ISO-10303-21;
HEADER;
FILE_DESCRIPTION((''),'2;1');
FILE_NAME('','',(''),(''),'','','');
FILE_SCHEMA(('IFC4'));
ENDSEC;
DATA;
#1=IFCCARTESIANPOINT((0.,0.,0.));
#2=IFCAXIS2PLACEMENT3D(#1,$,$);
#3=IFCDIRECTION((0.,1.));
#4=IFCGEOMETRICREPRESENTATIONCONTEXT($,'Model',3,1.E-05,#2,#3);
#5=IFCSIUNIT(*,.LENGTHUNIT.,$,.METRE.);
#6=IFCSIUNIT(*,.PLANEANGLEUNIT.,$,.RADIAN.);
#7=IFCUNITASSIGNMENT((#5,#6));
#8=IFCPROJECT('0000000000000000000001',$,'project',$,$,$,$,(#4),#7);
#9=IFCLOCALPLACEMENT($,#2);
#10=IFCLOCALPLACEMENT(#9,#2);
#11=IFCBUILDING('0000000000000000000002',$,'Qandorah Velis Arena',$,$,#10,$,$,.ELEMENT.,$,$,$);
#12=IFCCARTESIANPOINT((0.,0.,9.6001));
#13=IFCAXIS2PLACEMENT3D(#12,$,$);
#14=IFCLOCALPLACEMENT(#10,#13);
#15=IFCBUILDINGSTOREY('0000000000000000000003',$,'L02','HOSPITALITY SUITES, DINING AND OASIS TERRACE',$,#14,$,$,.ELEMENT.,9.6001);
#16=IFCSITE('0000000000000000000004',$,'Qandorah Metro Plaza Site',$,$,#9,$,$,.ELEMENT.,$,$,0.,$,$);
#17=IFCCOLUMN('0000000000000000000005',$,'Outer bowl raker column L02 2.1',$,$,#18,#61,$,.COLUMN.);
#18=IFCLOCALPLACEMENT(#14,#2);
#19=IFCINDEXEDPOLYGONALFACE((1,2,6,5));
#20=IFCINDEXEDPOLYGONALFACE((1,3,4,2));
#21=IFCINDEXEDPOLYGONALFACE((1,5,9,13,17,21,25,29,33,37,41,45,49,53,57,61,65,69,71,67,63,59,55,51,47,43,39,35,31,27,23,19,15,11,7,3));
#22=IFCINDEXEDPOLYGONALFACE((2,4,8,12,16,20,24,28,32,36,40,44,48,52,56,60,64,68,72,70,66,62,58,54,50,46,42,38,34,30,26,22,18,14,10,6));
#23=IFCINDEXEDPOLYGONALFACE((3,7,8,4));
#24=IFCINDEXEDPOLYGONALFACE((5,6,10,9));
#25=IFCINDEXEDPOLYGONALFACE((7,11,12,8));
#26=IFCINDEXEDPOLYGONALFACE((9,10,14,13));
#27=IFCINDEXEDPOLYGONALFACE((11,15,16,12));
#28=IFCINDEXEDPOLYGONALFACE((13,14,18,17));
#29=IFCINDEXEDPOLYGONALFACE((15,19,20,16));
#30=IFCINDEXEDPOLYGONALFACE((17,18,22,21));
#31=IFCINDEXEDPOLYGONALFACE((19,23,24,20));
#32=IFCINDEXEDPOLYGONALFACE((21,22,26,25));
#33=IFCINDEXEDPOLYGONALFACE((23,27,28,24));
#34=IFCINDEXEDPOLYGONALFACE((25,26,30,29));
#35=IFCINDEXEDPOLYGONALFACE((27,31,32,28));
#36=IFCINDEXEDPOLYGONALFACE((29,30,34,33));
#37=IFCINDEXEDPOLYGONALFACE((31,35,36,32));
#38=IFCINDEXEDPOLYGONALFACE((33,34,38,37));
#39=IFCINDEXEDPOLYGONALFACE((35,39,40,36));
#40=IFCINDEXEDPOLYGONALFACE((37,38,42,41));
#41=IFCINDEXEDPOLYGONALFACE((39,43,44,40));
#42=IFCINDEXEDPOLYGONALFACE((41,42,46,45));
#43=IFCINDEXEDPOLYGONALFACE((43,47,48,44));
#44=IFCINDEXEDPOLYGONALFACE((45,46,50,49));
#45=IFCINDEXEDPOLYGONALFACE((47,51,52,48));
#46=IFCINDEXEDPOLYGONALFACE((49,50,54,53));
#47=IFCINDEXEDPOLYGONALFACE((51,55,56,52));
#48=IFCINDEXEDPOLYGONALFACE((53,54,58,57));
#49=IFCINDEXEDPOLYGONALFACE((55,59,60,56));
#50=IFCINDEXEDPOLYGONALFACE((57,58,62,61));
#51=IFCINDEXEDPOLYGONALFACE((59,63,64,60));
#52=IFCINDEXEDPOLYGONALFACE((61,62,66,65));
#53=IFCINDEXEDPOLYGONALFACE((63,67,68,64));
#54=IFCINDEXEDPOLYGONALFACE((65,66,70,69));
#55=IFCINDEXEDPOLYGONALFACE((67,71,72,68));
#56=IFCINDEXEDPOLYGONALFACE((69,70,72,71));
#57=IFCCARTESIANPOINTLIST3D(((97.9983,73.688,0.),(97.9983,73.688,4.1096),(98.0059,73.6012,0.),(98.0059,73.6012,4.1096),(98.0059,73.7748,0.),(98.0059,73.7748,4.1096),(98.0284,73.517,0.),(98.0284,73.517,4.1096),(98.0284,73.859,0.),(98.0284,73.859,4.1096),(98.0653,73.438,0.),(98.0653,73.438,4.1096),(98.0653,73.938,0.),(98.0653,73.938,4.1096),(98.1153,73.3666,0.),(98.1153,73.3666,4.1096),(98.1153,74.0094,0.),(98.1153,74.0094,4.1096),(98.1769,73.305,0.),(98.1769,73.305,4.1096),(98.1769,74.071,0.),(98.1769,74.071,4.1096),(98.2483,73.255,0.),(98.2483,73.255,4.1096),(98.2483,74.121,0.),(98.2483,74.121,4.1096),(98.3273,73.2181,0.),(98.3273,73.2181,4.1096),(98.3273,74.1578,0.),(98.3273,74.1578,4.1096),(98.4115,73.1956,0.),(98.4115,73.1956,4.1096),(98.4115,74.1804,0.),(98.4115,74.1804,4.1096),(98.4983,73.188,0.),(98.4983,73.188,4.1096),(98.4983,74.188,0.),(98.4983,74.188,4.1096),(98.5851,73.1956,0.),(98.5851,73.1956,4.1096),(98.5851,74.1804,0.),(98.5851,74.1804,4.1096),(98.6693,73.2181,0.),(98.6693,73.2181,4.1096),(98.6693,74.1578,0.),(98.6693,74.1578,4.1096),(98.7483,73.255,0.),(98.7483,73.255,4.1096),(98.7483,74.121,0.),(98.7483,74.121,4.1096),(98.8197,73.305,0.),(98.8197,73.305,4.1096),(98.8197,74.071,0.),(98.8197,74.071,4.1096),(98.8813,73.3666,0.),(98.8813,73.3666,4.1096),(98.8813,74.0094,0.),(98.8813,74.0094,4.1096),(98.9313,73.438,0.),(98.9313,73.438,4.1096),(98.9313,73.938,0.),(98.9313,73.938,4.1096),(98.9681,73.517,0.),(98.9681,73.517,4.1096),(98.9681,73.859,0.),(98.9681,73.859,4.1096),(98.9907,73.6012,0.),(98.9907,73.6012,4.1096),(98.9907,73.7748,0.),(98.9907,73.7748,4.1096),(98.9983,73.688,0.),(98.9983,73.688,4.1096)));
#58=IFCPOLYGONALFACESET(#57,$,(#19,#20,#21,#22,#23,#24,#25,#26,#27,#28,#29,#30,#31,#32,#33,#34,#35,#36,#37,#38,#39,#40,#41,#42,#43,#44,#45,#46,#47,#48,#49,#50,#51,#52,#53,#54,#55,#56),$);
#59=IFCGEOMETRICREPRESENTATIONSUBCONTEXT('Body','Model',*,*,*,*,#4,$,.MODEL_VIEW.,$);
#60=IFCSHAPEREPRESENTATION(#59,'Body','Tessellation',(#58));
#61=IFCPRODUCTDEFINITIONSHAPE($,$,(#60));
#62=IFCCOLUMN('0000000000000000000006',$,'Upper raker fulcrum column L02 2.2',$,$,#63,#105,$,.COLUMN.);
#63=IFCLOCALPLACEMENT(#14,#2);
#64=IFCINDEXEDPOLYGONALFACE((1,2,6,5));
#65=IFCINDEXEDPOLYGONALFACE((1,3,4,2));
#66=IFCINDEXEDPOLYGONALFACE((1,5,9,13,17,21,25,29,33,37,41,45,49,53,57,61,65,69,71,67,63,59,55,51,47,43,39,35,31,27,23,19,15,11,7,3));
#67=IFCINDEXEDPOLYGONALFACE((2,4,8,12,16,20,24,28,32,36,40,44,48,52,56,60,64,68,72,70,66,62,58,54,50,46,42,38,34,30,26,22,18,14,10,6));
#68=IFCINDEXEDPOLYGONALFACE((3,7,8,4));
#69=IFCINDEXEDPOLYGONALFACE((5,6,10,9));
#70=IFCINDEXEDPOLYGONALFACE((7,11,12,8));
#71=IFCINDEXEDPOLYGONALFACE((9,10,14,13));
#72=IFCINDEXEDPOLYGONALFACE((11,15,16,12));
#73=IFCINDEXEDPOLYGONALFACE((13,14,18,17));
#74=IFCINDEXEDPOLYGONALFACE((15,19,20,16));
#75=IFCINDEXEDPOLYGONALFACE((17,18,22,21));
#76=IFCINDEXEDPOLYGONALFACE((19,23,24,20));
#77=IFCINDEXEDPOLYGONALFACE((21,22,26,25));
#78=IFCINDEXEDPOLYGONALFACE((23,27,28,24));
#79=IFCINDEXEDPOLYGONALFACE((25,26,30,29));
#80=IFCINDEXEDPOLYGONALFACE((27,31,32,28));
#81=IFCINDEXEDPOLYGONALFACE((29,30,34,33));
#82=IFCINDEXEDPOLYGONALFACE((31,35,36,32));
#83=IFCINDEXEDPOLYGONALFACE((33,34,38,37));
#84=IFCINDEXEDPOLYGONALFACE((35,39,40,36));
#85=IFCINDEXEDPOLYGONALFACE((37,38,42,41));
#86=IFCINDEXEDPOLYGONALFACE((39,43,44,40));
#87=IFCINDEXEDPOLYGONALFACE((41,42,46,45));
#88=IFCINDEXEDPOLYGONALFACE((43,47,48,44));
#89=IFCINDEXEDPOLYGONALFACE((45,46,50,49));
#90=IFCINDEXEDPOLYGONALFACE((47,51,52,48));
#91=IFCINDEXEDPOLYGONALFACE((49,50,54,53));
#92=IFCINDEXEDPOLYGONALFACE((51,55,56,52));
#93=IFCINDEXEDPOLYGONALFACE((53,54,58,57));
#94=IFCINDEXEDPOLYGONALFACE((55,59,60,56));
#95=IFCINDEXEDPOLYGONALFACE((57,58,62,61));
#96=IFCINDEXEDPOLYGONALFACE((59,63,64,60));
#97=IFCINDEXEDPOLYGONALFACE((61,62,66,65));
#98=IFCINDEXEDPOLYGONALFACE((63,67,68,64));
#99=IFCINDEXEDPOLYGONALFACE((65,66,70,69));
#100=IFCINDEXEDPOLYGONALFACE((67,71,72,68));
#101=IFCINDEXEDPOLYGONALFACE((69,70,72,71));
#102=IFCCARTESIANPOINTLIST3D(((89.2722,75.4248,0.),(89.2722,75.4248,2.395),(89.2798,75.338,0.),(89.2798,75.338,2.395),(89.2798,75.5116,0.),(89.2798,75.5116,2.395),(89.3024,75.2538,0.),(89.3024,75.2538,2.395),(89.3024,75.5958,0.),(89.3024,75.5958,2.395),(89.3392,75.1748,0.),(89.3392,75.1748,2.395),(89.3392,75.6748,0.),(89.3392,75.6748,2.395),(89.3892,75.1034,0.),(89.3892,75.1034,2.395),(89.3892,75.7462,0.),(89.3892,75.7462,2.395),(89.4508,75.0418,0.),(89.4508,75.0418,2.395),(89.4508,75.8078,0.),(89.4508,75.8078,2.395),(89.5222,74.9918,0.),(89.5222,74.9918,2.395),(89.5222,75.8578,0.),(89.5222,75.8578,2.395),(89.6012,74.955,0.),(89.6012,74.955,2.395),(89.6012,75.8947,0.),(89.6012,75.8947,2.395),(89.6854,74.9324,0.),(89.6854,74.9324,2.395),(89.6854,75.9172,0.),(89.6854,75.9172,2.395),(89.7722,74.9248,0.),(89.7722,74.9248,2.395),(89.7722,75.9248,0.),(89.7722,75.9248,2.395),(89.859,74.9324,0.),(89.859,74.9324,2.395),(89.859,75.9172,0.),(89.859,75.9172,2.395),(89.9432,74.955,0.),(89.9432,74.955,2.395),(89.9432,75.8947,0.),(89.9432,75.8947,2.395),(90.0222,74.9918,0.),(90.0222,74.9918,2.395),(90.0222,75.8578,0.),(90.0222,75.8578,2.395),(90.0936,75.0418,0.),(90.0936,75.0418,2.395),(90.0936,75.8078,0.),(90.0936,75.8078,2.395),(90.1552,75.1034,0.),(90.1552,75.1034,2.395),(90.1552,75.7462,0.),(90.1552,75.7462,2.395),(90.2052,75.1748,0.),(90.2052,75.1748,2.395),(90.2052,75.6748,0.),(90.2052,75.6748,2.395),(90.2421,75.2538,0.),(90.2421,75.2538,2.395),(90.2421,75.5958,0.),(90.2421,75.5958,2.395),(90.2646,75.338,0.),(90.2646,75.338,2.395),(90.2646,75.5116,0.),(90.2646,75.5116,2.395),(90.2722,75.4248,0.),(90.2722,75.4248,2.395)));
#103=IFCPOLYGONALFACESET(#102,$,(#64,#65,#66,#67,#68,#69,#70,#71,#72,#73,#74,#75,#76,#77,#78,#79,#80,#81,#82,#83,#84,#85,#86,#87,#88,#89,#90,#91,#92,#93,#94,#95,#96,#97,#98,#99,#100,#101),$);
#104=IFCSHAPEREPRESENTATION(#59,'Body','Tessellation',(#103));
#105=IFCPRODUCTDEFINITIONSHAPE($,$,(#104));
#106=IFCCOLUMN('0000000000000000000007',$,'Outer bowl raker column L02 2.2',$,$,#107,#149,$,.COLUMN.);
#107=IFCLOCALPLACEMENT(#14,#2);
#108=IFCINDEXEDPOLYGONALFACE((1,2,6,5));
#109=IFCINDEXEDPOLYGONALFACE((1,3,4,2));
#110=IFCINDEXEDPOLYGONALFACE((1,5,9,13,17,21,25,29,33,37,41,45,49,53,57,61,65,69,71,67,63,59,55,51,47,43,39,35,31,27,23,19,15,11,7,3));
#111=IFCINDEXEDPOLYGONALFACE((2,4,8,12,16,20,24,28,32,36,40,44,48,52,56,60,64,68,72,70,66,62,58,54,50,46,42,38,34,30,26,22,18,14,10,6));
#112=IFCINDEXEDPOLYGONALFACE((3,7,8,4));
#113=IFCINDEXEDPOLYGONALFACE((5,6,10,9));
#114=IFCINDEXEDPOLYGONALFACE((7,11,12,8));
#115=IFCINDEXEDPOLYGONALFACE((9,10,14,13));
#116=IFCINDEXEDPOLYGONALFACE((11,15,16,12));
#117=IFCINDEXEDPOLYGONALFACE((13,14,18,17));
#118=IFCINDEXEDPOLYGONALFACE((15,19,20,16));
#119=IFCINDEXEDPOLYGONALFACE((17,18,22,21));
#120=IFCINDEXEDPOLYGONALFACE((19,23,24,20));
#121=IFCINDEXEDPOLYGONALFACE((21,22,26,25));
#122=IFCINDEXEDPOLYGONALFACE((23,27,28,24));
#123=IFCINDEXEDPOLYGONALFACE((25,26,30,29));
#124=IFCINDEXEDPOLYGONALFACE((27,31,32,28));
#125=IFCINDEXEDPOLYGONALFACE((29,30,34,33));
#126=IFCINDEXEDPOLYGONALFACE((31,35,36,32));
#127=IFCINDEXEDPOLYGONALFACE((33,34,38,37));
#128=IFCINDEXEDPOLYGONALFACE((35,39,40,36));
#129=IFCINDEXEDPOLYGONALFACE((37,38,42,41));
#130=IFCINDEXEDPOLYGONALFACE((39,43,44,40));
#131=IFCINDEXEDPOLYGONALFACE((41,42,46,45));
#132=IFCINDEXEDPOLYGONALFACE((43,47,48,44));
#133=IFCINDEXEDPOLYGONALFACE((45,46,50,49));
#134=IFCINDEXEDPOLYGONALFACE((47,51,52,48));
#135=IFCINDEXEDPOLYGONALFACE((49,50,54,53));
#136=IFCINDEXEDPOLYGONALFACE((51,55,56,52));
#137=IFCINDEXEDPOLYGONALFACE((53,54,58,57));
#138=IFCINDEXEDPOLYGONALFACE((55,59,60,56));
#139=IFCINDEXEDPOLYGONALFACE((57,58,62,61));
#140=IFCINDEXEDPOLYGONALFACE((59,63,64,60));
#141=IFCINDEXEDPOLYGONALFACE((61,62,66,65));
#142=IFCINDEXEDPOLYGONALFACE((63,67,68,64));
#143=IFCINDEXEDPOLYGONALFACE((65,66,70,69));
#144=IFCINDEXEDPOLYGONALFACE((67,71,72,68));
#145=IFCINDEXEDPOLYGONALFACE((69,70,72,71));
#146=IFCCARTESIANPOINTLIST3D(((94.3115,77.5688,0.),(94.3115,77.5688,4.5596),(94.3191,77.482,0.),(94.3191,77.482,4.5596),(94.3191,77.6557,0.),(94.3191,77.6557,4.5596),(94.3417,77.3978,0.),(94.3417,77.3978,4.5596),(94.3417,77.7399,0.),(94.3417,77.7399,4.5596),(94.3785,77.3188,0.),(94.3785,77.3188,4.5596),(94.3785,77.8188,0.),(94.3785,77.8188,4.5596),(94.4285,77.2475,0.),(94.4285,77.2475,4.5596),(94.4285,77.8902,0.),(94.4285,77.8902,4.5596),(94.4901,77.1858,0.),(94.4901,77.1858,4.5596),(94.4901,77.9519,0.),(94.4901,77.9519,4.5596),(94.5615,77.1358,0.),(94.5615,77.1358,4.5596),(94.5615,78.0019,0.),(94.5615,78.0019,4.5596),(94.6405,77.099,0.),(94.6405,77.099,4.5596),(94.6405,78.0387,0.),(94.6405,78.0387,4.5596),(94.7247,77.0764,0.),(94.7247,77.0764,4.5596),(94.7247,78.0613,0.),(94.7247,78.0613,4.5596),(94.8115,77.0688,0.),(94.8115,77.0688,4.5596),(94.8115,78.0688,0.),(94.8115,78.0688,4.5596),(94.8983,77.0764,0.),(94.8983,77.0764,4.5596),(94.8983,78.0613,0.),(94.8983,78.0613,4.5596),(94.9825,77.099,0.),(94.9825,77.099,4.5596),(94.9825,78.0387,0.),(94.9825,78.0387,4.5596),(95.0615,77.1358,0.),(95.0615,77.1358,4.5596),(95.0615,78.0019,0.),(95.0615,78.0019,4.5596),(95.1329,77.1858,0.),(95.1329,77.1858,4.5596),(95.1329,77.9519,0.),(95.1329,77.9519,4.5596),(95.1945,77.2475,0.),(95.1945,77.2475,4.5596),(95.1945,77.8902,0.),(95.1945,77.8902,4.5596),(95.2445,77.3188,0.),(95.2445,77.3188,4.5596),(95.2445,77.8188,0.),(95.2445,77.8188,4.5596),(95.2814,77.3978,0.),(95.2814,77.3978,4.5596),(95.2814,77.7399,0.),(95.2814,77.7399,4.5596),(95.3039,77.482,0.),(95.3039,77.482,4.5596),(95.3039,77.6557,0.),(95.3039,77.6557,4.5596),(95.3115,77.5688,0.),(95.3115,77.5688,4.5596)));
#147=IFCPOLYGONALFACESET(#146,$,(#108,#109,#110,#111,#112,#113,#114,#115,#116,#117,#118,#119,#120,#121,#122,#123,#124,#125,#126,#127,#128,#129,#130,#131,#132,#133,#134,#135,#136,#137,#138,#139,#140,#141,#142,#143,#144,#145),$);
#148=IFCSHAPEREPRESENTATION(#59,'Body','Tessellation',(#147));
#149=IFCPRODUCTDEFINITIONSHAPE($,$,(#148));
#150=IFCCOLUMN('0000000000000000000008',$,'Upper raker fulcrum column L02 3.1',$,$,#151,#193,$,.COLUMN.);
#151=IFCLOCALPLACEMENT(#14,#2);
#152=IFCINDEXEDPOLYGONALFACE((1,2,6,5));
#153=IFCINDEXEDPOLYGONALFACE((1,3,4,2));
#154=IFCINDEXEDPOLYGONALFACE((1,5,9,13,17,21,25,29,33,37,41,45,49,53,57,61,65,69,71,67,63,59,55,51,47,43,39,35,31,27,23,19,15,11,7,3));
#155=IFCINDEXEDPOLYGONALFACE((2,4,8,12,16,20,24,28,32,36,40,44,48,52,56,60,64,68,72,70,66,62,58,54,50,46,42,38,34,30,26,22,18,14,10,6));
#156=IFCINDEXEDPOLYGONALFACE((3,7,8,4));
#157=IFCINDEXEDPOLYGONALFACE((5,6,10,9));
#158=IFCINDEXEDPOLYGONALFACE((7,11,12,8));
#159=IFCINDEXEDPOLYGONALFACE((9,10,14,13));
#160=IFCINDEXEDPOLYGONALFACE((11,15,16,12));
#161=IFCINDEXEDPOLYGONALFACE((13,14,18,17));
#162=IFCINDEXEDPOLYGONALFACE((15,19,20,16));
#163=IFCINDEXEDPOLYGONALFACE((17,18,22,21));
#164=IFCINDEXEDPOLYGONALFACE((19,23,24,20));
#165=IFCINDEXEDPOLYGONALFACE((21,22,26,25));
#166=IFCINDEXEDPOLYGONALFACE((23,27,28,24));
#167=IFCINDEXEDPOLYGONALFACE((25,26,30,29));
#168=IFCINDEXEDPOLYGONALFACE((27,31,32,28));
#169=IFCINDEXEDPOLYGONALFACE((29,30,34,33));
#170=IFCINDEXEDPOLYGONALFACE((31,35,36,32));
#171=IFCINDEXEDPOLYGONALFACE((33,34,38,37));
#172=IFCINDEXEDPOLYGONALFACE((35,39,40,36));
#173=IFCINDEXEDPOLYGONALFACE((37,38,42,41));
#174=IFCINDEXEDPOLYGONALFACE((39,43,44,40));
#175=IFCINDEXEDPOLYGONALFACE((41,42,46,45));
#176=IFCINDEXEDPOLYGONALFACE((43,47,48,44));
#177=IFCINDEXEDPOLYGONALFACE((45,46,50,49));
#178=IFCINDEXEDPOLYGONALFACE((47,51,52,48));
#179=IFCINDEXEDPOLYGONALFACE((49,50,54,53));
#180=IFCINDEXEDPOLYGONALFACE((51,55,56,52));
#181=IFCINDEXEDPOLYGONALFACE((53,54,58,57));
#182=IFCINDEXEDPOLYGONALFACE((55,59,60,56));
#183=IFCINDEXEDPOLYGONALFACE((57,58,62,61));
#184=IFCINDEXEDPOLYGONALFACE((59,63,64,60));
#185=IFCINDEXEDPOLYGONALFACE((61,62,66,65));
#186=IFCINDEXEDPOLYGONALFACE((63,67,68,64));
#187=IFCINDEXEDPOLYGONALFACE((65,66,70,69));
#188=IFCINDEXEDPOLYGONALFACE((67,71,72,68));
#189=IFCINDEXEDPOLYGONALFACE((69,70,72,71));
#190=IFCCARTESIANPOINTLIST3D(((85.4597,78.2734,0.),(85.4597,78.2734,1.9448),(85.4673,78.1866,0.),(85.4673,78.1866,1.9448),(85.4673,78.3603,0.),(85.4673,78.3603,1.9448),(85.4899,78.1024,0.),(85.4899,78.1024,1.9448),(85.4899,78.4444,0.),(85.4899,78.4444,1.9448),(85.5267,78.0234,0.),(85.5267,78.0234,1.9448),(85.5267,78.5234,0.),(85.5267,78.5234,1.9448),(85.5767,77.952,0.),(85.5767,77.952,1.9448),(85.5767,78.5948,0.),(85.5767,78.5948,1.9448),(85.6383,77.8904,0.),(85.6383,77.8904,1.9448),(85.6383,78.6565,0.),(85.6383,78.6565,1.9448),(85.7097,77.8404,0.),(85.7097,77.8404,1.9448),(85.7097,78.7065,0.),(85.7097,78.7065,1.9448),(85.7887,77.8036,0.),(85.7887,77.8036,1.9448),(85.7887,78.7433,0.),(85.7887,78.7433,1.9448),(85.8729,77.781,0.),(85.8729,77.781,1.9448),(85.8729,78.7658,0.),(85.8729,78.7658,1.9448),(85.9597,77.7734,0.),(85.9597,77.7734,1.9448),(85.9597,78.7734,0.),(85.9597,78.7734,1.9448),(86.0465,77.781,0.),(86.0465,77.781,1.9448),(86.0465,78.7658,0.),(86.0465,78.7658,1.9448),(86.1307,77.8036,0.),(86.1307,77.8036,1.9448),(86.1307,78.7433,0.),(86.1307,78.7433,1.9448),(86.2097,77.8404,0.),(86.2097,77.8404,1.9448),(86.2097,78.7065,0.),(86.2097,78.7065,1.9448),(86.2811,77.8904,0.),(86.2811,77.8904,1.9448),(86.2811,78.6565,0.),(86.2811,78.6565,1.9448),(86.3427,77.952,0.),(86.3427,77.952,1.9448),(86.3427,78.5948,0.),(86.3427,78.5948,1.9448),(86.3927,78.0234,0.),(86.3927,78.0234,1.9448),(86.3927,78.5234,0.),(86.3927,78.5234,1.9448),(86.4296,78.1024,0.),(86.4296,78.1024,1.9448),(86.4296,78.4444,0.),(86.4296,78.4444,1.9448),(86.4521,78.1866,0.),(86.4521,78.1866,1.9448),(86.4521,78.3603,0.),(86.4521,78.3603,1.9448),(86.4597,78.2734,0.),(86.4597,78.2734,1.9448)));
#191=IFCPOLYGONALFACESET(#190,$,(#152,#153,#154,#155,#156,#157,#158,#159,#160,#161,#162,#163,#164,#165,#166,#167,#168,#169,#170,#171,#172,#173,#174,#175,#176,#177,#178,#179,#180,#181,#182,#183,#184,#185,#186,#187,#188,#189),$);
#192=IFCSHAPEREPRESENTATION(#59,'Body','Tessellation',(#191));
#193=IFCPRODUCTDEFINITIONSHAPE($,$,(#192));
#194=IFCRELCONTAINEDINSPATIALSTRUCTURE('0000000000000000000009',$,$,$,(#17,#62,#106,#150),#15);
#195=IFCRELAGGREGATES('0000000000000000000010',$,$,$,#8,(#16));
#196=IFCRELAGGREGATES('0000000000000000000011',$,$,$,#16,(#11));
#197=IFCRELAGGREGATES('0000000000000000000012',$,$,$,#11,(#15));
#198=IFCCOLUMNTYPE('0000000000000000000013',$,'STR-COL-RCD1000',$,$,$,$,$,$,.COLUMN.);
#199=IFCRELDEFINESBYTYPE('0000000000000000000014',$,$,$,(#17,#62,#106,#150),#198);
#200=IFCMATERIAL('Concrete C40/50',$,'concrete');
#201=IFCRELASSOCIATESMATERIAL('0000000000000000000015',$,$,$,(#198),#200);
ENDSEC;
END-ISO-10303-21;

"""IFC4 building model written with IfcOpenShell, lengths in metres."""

from ifc_helpers import new_model, si_unit, direction, frame, origin, origin_2d, place, context, subcontext, project, spatial, circle, extrude, material, material_profile, profile_set, type_object, element, save


model = new_model("IFC4")

# Units and contexts
model_context = context("Model", 3, precision=1e-05, world=origin(), true_north=direction((0.0, 1.0)))
body_context = subcontext(model_context, "Body", "Model", "MODEL_VIEW")
ifc_project = project(units=[si_unit("LENGTHUNIT", "METRE"), si_unit("PLANEANGLEUNIT", "RADIAN")], contexts=[model_context])

# Site, building, storey
site_placement = place(None, origin())
site = spatial("IfcSite", under=ifc_project, at=site_placement, Name="Qandorah Metro Plaza Site", CompositionType="ELEMENT", RefElevation=0.0)
building_placement = place(site_placement, origin())
building = spatial("IfcBuilding", under=site, at=building_placement, Name="Qandorah Velis Arena", CompositionType="ELEMENT")
storey_placement = place(building_placement, frame((0.0, 0.0, 9.6001)))
storey = spatial("IfcBuildingStorey", under=building, at=storey_placement, Name="L02", Description="HOSPITALITY SUITES, DINING AND OASIS TERRACE", CompositionType="ELEMENT", Elevation=9.6001)

# Columns
ifc_material_1 = material(Name="Concrete C40/50", Category="concrete")
ifc_material_profile_1 = material_profile(ifc_material_1, circle(Radius=0.5, at=origin_2d()), Name="RC D1000")
ifc_profile_set_1 = profile_set([ifc_material_profile_1], Name="Concrete C40/50")
column_type_1 = type_object("IfcColumnType", Name="STR-COL-RCD1000", PredefinedType="COLUMN", material=ifc_profile_set_1)
column_1_placement = place(storey_placement, frame((98.4983, 73.688, 0.0), z_axis=(0.0, 0.0, 1.0), x_axis=(1.0, 0.0, 0.0)))
element("IfcColumn", 1, at=column_1_placement, inside=storey, type_object=column_type_1, Name="Outer bowl raker column L02 2.1", PredefinedType="COLUMN", context=body_context, shape_type="SweptSolid", body=[
    extrude(circle(Radius=0.5, at=origin_2d()), origin(), (0.0, 0.0, 1.0), 4.1096),
])
column_2_placement = place(storey_placement, frame((89.7722, 75.4248, 0.0), z_axis=(0.0, 0.0, 1.0), x_axis=(1.0, 0.0, 0.0)))
element("IfcColumn", 2, at=column_2_placement, inside=storey, type_object=column_type_1, Name="Upper raker fulcrum column L02 2.2", PredefinedType="COLUMN", context=body_context, shape_type="SweptSolid", body=[
    extrude(circle(Radius=0.5, at=origin_2d()), origin(), (0.0, 0.0, 1.0), 2.395),
])
column_3_placement = place(storey_placement, frame((94.8115, 77.5688, 0.0), z_axis=(0.0, 0.0, 1.0), x_axis=(1.0, 0.0, 0.0)))
element("IfcColumn", 3, at=column_3_placement, inside=storey, type_object=column_type_1, Name="Outer bowl raker column L02 2.2", PredefinedType="COLUMN", context=body_context, shape_type="SweptSolid", body=[
    extrude(circle(Radius=0.5, at=origin_2d()), origin(), (0.0, 0.0, 1.0), 4.5596),
])
column_4_placement = place(storey_placement, frame((85.9597, 78.2734, 0.0), z_axis=(0.0, 0.0, 1.0), x_axis=(1.0, 0.0, 0.0)))
element("IfcColumn", 4, at=column_4_placement, inside=storey, type_object=column_type_1, Name="Upper raker fulcrum column L02 3.1", PredefinedType="COLUMN", context=body_context, shape_type="SweptSolid", body=[
    extrude(circle(Radius=0.5, at=origin_2d()), origin(), (0.0, 0.0, 1.0), 1.9448),
])

save(model, "model.ifc")
